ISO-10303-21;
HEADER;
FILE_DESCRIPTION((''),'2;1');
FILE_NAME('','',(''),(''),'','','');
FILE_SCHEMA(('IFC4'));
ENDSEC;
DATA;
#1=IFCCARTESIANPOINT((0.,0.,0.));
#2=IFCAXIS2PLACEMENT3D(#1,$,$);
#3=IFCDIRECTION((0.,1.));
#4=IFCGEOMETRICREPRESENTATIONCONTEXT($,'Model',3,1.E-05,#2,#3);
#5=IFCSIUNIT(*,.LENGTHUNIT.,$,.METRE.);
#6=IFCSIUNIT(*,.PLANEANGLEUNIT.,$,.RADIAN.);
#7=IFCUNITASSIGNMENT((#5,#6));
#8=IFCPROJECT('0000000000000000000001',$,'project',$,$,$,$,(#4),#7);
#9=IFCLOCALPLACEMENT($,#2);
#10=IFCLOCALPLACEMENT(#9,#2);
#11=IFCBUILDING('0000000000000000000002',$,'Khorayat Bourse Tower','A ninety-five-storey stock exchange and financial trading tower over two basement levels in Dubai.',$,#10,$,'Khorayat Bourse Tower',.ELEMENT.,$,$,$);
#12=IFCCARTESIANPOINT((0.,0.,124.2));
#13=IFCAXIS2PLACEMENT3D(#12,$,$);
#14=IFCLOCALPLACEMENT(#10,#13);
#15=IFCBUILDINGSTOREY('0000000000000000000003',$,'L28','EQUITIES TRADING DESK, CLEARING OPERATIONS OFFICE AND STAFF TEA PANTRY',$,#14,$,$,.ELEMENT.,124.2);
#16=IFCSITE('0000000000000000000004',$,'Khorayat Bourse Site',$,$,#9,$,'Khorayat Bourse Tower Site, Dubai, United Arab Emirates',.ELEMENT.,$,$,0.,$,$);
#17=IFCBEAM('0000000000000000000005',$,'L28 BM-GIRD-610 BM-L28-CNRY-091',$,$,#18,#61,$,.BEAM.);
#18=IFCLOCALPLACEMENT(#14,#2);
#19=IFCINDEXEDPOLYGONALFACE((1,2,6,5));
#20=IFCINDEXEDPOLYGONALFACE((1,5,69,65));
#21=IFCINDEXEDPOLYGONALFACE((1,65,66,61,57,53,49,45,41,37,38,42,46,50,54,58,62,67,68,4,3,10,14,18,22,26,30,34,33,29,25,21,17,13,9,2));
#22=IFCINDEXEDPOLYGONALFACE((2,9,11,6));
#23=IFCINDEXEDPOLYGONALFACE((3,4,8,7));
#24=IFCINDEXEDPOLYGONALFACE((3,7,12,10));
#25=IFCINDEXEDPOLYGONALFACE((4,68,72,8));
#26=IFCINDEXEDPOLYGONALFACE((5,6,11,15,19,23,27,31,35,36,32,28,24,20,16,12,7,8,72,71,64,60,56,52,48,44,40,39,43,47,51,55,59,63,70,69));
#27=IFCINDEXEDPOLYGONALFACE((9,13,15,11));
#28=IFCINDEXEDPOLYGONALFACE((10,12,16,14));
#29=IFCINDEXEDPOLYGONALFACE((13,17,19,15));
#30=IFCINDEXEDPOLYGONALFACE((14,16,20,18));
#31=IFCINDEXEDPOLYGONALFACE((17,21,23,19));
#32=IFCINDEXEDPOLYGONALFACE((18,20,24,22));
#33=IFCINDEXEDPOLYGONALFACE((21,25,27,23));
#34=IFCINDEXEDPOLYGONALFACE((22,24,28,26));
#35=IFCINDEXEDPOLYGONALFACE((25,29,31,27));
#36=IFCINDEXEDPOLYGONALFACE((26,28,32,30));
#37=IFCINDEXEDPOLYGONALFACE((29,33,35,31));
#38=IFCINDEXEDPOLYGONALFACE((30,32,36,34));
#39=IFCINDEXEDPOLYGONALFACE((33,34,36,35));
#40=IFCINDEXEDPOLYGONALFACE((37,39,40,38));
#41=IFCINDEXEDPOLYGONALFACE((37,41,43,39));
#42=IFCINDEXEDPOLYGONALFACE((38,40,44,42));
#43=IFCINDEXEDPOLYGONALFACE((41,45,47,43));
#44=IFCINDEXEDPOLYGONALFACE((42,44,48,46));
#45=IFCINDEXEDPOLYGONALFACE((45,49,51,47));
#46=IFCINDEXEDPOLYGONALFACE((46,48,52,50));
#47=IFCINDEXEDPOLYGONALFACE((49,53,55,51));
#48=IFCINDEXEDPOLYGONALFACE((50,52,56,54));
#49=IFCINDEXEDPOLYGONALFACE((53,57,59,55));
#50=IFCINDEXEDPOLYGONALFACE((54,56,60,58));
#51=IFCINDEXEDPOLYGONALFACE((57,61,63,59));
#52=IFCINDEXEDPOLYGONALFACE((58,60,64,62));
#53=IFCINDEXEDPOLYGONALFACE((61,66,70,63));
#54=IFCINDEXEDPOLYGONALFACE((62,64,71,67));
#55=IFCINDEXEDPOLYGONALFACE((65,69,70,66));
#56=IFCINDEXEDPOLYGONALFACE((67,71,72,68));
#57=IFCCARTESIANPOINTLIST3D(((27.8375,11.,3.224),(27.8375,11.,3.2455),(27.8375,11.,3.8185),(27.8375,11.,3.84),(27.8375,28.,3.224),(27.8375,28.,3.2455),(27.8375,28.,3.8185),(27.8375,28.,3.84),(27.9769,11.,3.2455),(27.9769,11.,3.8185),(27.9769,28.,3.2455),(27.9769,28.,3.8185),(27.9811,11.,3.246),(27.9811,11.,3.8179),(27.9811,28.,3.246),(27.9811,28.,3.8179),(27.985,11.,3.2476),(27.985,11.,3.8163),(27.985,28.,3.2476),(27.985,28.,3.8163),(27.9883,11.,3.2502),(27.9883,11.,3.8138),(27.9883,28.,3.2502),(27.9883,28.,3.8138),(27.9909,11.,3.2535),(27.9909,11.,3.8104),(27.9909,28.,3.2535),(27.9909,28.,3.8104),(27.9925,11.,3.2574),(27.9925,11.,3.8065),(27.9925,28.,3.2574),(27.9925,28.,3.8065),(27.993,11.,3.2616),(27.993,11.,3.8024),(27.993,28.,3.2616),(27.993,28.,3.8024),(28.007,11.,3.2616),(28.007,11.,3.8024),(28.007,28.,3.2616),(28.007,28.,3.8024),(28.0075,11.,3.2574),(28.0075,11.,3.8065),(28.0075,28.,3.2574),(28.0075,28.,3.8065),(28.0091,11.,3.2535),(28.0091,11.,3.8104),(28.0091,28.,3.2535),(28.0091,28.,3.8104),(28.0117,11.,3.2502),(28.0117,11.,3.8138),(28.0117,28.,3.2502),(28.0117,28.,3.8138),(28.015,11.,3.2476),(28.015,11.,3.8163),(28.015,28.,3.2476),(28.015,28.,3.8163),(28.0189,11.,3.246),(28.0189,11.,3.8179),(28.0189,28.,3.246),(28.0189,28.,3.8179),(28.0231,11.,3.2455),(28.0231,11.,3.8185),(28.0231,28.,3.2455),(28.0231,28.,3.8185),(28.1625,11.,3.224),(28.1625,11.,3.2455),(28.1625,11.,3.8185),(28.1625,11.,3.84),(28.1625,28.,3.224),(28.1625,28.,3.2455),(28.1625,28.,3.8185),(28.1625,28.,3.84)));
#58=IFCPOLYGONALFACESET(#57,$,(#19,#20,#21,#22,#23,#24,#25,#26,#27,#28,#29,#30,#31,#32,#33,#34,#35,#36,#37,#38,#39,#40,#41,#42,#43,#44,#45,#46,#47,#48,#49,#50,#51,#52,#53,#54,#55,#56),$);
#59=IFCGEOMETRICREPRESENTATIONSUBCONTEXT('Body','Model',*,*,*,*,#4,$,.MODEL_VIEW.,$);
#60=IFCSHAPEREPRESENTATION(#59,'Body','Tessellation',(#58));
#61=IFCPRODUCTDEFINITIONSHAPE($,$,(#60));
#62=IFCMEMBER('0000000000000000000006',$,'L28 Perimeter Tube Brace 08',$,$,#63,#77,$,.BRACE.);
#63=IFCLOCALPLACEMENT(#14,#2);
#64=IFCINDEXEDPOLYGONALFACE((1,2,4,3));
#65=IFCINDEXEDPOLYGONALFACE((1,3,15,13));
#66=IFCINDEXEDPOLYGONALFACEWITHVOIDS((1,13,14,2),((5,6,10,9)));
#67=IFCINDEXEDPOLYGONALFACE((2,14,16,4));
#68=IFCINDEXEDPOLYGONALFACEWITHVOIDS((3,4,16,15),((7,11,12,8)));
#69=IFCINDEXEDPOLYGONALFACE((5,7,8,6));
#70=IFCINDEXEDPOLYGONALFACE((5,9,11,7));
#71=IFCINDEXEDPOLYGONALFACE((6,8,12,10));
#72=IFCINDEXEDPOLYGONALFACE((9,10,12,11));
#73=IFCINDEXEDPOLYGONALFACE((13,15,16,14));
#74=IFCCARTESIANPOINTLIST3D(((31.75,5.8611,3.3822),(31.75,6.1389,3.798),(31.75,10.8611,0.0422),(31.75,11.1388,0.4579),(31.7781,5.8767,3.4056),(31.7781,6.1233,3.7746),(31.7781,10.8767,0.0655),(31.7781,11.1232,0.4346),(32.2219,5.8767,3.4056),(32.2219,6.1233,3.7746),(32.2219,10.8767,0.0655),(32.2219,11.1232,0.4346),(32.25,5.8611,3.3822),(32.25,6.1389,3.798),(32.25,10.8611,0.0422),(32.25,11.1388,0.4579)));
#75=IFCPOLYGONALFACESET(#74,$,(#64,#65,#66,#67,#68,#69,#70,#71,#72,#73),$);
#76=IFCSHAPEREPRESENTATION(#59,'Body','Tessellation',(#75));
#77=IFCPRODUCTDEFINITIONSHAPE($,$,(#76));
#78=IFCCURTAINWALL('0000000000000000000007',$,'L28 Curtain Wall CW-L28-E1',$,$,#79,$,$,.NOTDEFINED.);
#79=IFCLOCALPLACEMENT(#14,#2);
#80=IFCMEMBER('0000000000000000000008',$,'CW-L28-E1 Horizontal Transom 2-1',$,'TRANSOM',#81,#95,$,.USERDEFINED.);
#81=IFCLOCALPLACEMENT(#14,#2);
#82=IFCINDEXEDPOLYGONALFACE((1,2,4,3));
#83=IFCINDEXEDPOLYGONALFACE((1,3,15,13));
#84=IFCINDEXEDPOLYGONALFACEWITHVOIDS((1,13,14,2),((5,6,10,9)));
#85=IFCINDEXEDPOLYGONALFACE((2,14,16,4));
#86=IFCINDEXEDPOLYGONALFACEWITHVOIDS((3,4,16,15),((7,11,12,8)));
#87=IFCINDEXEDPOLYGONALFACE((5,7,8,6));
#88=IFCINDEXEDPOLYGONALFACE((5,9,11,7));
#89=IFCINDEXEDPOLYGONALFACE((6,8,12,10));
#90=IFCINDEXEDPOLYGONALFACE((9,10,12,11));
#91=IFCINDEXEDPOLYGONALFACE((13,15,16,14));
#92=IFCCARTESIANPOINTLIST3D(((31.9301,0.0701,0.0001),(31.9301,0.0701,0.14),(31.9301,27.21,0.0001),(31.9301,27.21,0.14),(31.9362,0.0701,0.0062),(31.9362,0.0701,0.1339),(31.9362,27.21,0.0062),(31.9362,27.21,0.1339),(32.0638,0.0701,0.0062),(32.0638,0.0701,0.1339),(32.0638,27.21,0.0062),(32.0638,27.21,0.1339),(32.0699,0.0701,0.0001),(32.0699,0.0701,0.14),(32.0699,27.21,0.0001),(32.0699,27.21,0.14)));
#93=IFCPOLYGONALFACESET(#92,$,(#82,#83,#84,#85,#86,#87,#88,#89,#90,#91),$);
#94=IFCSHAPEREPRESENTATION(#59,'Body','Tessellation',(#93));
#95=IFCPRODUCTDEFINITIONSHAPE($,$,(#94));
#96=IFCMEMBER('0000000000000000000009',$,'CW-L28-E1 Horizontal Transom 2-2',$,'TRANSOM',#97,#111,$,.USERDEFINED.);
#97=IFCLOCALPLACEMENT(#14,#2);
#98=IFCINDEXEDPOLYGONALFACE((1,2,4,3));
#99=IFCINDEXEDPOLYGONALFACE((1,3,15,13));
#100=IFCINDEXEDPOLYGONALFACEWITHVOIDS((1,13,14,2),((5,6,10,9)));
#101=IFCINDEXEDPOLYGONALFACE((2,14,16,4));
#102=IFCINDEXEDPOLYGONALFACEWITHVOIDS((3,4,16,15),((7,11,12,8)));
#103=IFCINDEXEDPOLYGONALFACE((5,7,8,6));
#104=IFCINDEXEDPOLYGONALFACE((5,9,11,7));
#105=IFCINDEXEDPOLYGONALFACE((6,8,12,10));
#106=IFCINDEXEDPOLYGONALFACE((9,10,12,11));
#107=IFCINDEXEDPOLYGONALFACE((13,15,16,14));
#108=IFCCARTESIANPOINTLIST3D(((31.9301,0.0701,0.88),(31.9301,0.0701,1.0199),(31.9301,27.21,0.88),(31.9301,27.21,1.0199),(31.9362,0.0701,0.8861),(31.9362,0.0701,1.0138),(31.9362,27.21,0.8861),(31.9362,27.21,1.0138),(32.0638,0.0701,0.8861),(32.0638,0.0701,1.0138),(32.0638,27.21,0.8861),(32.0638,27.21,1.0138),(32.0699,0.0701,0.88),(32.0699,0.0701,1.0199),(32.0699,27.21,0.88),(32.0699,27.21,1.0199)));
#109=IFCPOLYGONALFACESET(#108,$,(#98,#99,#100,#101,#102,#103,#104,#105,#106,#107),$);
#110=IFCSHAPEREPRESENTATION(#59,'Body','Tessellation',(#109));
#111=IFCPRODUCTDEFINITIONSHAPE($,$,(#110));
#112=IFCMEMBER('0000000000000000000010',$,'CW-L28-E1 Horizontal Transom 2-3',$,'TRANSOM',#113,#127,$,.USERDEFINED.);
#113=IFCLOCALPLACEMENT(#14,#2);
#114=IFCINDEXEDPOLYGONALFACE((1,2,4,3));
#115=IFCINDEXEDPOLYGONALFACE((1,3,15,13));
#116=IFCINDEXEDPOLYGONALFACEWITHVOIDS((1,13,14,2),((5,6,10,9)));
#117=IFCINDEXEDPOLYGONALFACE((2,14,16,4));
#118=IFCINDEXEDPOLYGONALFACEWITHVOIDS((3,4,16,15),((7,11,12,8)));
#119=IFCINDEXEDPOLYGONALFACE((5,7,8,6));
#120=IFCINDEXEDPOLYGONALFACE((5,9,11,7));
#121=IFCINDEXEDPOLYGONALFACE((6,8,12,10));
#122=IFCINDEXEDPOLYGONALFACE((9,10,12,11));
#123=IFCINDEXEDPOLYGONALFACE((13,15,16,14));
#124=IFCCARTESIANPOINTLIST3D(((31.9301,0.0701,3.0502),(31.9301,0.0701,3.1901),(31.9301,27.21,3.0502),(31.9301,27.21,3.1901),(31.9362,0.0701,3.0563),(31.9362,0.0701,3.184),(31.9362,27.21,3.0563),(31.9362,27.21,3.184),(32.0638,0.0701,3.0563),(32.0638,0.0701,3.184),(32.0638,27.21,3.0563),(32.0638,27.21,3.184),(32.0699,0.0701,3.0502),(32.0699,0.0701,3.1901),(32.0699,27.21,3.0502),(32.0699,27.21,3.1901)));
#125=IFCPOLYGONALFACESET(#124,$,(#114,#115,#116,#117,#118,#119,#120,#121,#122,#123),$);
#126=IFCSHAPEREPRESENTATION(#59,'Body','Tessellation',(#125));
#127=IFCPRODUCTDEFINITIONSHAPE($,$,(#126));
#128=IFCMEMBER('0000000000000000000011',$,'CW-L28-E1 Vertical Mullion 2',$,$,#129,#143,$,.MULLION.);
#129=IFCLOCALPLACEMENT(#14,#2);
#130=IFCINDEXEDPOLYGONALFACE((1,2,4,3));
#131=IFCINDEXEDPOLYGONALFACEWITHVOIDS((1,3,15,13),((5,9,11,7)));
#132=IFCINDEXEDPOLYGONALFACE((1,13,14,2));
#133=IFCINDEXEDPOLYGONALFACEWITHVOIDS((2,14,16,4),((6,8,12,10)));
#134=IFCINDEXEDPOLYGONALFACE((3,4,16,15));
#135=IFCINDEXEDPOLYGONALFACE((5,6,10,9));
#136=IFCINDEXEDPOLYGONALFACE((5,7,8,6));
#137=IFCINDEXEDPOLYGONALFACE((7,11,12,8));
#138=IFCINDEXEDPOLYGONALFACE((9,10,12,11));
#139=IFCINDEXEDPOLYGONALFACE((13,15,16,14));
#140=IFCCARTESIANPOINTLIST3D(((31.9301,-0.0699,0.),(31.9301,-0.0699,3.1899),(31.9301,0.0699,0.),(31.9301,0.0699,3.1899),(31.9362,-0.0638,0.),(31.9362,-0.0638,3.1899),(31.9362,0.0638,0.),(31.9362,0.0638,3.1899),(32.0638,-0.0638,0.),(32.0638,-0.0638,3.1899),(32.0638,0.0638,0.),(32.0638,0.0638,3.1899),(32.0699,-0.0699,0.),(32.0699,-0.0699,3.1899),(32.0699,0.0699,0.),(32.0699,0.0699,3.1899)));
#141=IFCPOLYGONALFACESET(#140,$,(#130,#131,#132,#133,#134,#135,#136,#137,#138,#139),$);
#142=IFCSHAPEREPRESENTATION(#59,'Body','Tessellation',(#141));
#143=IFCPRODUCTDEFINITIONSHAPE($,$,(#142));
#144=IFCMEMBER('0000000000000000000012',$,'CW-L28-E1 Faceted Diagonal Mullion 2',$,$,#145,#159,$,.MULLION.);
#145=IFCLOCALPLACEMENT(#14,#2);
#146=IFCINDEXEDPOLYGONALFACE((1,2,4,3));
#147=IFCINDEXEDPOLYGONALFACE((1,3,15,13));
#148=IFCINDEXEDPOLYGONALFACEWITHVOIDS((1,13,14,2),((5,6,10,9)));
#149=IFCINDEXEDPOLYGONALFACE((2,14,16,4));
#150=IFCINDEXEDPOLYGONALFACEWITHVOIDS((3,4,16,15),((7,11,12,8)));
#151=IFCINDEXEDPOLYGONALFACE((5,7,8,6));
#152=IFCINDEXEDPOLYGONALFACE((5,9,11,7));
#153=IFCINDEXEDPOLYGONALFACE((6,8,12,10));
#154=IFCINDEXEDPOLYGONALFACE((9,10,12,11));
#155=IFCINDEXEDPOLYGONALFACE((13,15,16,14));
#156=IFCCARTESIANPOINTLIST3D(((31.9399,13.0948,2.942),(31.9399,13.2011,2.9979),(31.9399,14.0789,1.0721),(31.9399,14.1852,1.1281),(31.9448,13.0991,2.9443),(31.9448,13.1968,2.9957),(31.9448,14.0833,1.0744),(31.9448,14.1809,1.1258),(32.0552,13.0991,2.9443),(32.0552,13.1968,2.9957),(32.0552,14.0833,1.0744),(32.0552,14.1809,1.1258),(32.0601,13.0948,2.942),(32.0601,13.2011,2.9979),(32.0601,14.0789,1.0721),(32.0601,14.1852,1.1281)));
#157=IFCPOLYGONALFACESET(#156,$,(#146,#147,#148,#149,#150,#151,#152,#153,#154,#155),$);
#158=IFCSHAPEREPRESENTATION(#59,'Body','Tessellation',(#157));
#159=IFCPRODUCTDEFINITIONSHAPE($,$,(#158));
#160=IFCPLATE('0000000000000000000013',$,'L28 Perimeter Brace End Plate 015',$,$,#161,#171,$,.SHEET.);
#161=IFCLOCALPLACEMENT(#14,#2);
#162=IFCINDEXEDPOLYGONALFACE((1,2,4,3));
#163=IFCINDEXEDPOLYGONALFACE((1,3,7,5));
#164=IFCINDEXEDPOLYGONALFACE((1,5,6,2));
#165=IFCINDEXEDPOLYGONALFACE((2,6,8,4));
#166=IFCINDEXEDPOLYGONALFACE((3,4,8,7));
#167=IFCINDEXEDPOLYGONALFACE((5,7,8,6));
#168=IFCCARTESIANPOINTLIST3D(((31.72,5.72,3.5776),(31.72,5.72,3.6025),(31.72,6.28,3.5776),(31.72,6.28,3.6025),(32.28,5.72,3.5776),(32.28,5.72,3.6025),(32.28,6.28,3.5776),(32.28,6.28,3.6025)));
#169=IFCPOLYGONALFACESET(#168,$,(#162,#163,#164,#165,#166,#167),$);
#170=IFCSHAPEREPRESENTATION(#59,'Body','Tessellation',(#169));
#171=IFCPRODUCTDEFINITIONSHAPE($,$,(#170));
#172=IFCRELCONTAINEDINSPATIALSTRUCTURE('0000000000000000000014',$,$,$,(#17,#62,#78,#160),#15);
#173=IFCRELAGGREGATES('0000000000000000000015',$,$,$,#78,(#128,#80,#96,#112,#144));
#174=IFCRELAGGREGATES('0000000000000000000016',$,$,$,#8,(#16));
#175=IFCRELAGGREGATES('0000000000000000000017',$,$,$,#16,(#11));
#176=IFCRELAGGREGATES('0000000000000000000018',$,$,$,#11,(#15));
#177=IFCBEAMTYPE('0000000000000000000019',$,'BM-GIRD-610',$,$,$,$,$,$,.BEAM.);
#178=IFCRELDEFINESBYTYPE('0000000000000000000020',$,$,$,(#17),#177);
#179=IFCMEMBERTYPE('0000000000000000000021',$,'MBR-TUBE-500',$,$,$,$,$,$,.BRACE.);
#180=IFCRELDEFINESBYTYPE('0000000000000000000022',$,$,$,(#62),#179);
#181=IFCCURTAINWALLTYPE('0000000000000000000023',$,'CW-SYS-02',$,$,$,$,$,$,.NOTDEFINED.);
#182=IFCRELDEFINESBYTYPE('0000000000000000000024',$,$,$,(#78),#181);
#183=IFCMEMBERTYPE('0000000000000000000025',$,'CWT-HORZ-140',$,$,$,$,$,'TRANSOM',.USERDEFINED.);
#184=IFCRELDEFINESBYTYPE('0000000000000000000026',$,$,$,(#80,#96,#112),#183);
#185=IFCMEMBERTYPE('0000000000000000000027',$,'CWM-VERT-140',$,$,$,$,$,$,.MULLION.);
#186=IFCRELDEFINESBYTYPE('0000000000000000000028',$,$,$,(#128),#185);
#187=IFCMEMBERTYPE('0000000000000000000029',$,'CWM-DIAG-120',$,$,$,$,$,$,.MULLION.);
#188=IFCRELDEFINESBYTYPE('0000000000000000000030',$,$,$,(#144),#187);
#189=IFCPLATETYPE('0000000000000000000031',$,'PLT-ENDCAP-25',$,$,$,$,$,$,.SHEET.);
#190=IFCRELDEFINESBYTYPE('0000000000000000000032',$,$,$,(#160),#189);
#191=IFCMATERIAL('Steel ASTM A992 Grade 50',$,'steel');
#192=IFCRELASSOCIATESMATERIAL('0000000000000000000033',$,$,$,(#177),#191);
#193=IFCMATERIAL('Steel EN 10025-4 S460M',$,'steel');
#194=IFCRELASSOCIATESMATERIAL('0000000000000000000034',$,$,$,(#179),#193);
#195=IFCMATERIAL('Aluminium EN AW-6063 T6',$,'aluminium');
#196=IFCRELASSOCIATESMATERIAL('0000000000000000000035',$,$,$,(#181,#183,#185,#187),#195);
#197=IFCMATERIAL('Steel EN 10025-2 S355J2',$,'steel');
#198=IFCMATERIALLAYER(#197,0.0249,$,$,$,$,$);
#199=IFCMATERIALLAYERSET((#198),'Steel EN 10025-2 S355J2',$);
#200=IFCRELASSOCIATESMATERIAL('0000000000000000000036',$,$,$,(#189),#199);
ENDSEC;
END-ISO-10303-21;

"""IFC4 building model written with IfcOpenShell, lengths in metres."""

from ifc_helpers import new_model, si_unit, direction, frame, origin, origin_2d, place, context, subcontext, project, spatial, rectangle, hollow_rectangle, i_section, extrude, source, transform, mapped, material, layer, layer_set, material_profile, profile_set, type_object, element, aggregate, save


model = new_model("IFC4")

# Units and contexts
model_context = context("Model", 3, precision=1e-05, world=origin(), true_north=direction((0.0, 1.0)))
body_context = subcontext(model_context, "Body", "Model", "MODEL_VIEW")
ifc_project = project(units=[si_unit("LENGTHUNIT", "METRE"), si_unit("PLANEANGLEUNIT", "RADIAN")], contexts=[model_context])

# Site, building, storey
site_placement = place(None, origin())
site = spatial("IfcSite", under=ifc_project, at=site_placement, Name="Khorayat Bourse Site", LongName="Khorayat Bourse Tower Site, Dubai, United Arab Emirates", CompositionType="ELEMENT", RefElevation=0.0)
building_placement = place(site_placement, origin())
building = spatial("IfcBuilding", under=site, at=building_placement, Name="Khorayat Bourse Tower", Description="A ninety-five-storey stock exchange and financial trading tower over two basement levels in Dubai.", LongName="Khorayat Bourse Tower", CompositionType="ELEMENT")
storey_placement = place(building_placement, frame((0.0, 0.0, 124.2)))
storey = spatial("IfcBuildingStorey", under=building, at=storey_placement, Name="L28", Description="EQUITIES TRADING DESK, CLEARING OPERATIONS OFFICE AND STAFF TEA PANTRY", CompositionType="ELEMENT", Elevation=124.2)

# Shared definitions
ifc_material_1 = material(Name="Steel EN 10025-4 S460M", Category="steel")

# Beam
ifc_material_2 = material(Name="Steel ASTM A992 Grade 50", Category="steel")
ifc_material_profile_1 = material_profile(ifc_material_2, i_section(OverallWidth=0.325, OverallDepth=0.616, WebThickness=0.0139, FlangeThickness=0.0215, FilletRadius=0.0161, at=origin_2d()), Name="W610X174")
ifc_profile_set_1 = profile_set([ifc_material_profile_1], Name="Steel ASTM A992 Grade 50")
beam_type_1 = type_object("IfcBeamType", Name="BM-GIRD-610", PredefinedType="BEAM", material=ifc_profile_set_1)
shared_shape_1 = source(origin(), body_context, "Body", "SweptSolid", [
    extrude(i_section(OverallWidth=0.325, OverallDepth=0.616, WebThickness=0.0139, FlangeThickness=0.0215, FilletRadius=0.0161, at=origin_2d()), origin(), (0.0, 0.0, 1.0), 17.0),
])
beam_1_placement = place(storey_placement, frame((28.0, 11.0, 3.532), z_axis=(0.0, 1.0, 0.0), x_axis=(-1.0, 0.0, 0.0)))
element("IfcBeam", 1, at=beam_1_placement, inside=storey, type_object=beam_type_1, Name="L28 BM-GIRD-610 BM-L28-CNRY-091", PredefinedType="BEAM", context=body_context, shape_type="MappedRepresentation", body=[
    mapped(shared_shape_1, transform((0.0, 0.0, 0.0), scale=1.0)),
])

# Member
ifc_material_profile_2 = material_profile(ifc_material_1, hollow_rectangle(XDim=0.5, YDim=0.5, WallThickness=0.0281, at=origin_2d()), Name="HSS 500x500x28")
ifc_profile_set_2 = profile_set([ifc_material_profile_2], Name="Steel EN 10025-4 S460M")
member_type_1 = type_object("IfcMemberType", Name="MBR-TUBE-500", PredefinedType="BRACE", material=ifc_profile_set_2)
shared_shape_2 = source(origin(), body_context, "Body", "SweptSolid", [
    extrude(hollow_rectangle(XDim=0.5, YDim=0.5, WallThickness=0.0281, at=origin_2d()), origin(), (0.0, 0.0, 1.0), 6.0129),
])
member_1_placement = place(storey_placement, frame((32.0, 6.0, 3.5901), z_axis=(0.0, 0.831531, -0.555478), x_axis=(-1.0, 0.0, 0.0)))
element("IfcMember", 2, at=member_1_placement, inside=storey, type_object=member_type_1, Name="L28 Perimeter Tube Brace 08", PredefinedType="BRACE", context=body_context, shape_type="MappedRepresentation", body=[
    mapped(shared_shape_2, transform((0.0, 0.0, 0.0), scale=1.0)),
])

# Curtain wall, members
ifc_material_3 = material(Name="Aluminium EN AW-6063 T6", Category="aluminium")
curtain_wall_type = type_object("IfcCurtainWallType", Name="CW-SYS-02", PredefinedType="NOTDEFINED", material=ifc_material_3)
curtain_wall_placement = place(storey_placement, origin())
curtain_wall = element("IfcCurtainWall", 3, at=curtain_wall_placement, inside=storey, type_object=curtain_wall_type, Name="L28 Curtain Wall CW-L28-E1", PredefinedType="NOTDEFINED")
ifc_material_profile_3 = material_profile(ifc_material_3, hollow_rectangle(XDim=0.1399, YDim=0.1399, WallThickness=0.0061, at=origin_2d()), Name="ALU 140x140x6")
ifc_profile_set_3 = profile_set([ifc_material_profile_3], Name="Aluminium EN AW-6063 T6")
member_type_2 = type_object("IfcMemberType", Name="CWT-HORZ-140", ElementType="TRANSOM", PredefinedType="USERDEFINED", material=ifc_profile_set_3)
shared_shape_3 = source(origin(), body_context, "Body", "SweptSolid", [
    extrude(hollow_rectangle(XDim=0.1399, YDim=0.1399, WallThickness=0.0061, at=origin_2d()), origin(), (0.0, 0.0, 1.0), 27.1399),
])
member_2_placement = place(storey_placement, frame((32.0, 0.0701, 0.0701), z_axis=(0.0, 1.0, 0.0), x_axis=(-1.0, 0.0, 0.0)))
member_2 = element("IfcMember", 4, at=member_2_placement, type_object=member_type_2, Name="CW-L28-E1 Horizontal Transom 2-1", ObjectType="TRANSOM", PredefinedType="USERDEFINED", context=body_context, shape_type="MappedRepresentation", body=[
    mapped(shared_shape_3, transform((0.0, 0.0, 0.0), scale=1.0)),
])
member_3_placement = place(storey_placement, frame((32.0, 0.0701, 0.95), z_axis=(0.0, 1.0, 0.0), x_axis=(-1.0, 0.0, 0.0)))
member_3 = element("IfcMember", 5, at=member_3_placement, type_object=member_type_2, Name="CW-L28-E1 Horizontal Transom 2-2", ObjectType="TRANSOM", PredefinedType="USERDEFINED", context=body_context, shape_type="MappedRepresentation", body=[
    mapped(shared_shape_3, transform((0.0, 0.0, 0.0), scale=1.0)),
])
member_4_placement = place(storey_placement, frame((32.0, 0.0701, 3.1201), z_axis=(0.0, 1.0, 0.0), x_axis=(-1.0, 0.0, 0.0)))
member_4 = element("IfcMember", 6, at=member_4_placement, type_object=member_type_2, Name="CW-L28-E1 Horizontal Transom 2-3", ObjectType="TRANSOM", PredefinedType="USERDEFINED", context=body_context, shape_type="MappedRepresentation", body=[
    mapped(shared_shape_3, transform((0.0, 0.0, 0.0), scale=1.0)),
])
ifc_material_profile_4 = material_profile(ifc_material_3, hollow_rectangle(XDim=0.1399, YDim=0.1399, WallThickness=0.0061, at=origin_2d()), Name="ALU 140x140x6")
ifc_profile_set_4 = profile_set([ifc_material_profile_4], Name="Aluminium EN AW-6063 T6")
member_type_3 = type_object("IfcMemberType", Name="CWM-VERT-140", PredefinedType="MULLION", material=ifc_profile_set_4)
shared_shape_4 = source(origin(), body_context, "Body", "SweptSolid", [
    extrude(hollow_rectangle(XDim=0.1399, YDim=0.1399, WallThickness=0.0061, at=origin_2d()), origin(), (0.0, 0.0, 1.0), 3.1899),
])
member_5_placement = place(storey_placement, frame((32.0, 0.0, 0.0), z_axis=(0.0, 0.0, 1.0), x_axis=(-1.0, 0.0, 0.0)))
member_5 = element("IfcMember", 7, at=member_5_placement, type_object=member_type_3, Name="CW-L28-E1 Vertical Mullion 2", PredefinedType="MULLION", context=body_context, shape_type="MappedRepresentation", body=[
    mapped(shared_shape_4, transform((0.0, 0.0, 0.0), scale=1.0)),
])
ifc_material_profile_5 = material_profile(ifc_material_3, hollow_rectangle(XDim=0.1201, YDim=0.1201, WallThickness=0.0049, at=origin_2d()), Name="ALU 120x120x5")
ifc_profile_set_5 = profile_set([ifc_material_profile_5], Name="Aluminium EN AW-6063 T6")
member_type_4 = type_object("IfcMemberType", Name="CWM-DIAG-120", PredefinedType="MULLION", material=ifc_profile_set_5)
shared_shape_5 = source(origin(), body_context, "Body", "SweptSolid", [
    extrude(hollow_rectangle(XDim=0.1201, YDim=0.1201, WallThickness=0.0049, at=origin_2d()), origin(), (0.0, 0.0, 1.0), 2.113),
])
member_6_placement = place(storey_placement, frame((32.0, 14.1321, 1.1001), z_axis=(0.0, -0.465742, 0.884921), x_axis=(1.0, 0.0, 0.0)))
member_6 = element("IfcMember", 8, at=member_6_placement, type_object=member_type_4, Name="CW-L28-E1 Faceted Diagonal Mullion 2", PredefinedType="MULLION", context=body_context, shape_type="MappedRepresentation", body=[
    mapped(shared_shape_5, transform((0.0, 0.0, 0.0), scale=1.0)),
])

# Plate
ifc_material_4 = material(Name="Steel EN 10025-2 S355J2", Category="steel")
ifc_layer_1 = layer(ifc_material_4, 0.0249)
ifc_layer_set_1 = layer_set([ifc_layer_1], Name="Steel EN 10025-2 S355J2")
plate_type_1 = type_object("IfcPlateType", Name="PLT-ENDCAP-25", PredefinedType="SHEET", material=ifc_layer_set_1)
shared_shape_6 = source(origin(), body_context, "Body", "SweptSolid", [
    extrude(rectangle(XDim=0.5601, YDim=0.5601, at=origin_2d()), origin(), (0.0, 0.0, 1.0), 0.0249),
])
for number, where, z_axis, x_axis, name in (
    (9, (32.0, 6.0, 3.5776), (0.0, 0.0, 1.0), (1.0, 0.0, 0.0), "L28 Perimeter Brace End Plate 015"),
):
    element("IfcPlate", number, at=place(storey_placement, frame(where, z_axis=z_axis, x_axis=x_axis)), inside=storey, type_object=plate_type_1, Name=name, PredefinedType="SHEET", context=body_context, shape_type="MappedRepresentation", body=[
        mapped(shared_shape_6, transform((0.0, 0.0, 0.0), scale=1.0)),
    ])

aggregate(curtain_wall, [member_5, member_2, member_3, member_4, member_6])

save(model, "model.ifc")
